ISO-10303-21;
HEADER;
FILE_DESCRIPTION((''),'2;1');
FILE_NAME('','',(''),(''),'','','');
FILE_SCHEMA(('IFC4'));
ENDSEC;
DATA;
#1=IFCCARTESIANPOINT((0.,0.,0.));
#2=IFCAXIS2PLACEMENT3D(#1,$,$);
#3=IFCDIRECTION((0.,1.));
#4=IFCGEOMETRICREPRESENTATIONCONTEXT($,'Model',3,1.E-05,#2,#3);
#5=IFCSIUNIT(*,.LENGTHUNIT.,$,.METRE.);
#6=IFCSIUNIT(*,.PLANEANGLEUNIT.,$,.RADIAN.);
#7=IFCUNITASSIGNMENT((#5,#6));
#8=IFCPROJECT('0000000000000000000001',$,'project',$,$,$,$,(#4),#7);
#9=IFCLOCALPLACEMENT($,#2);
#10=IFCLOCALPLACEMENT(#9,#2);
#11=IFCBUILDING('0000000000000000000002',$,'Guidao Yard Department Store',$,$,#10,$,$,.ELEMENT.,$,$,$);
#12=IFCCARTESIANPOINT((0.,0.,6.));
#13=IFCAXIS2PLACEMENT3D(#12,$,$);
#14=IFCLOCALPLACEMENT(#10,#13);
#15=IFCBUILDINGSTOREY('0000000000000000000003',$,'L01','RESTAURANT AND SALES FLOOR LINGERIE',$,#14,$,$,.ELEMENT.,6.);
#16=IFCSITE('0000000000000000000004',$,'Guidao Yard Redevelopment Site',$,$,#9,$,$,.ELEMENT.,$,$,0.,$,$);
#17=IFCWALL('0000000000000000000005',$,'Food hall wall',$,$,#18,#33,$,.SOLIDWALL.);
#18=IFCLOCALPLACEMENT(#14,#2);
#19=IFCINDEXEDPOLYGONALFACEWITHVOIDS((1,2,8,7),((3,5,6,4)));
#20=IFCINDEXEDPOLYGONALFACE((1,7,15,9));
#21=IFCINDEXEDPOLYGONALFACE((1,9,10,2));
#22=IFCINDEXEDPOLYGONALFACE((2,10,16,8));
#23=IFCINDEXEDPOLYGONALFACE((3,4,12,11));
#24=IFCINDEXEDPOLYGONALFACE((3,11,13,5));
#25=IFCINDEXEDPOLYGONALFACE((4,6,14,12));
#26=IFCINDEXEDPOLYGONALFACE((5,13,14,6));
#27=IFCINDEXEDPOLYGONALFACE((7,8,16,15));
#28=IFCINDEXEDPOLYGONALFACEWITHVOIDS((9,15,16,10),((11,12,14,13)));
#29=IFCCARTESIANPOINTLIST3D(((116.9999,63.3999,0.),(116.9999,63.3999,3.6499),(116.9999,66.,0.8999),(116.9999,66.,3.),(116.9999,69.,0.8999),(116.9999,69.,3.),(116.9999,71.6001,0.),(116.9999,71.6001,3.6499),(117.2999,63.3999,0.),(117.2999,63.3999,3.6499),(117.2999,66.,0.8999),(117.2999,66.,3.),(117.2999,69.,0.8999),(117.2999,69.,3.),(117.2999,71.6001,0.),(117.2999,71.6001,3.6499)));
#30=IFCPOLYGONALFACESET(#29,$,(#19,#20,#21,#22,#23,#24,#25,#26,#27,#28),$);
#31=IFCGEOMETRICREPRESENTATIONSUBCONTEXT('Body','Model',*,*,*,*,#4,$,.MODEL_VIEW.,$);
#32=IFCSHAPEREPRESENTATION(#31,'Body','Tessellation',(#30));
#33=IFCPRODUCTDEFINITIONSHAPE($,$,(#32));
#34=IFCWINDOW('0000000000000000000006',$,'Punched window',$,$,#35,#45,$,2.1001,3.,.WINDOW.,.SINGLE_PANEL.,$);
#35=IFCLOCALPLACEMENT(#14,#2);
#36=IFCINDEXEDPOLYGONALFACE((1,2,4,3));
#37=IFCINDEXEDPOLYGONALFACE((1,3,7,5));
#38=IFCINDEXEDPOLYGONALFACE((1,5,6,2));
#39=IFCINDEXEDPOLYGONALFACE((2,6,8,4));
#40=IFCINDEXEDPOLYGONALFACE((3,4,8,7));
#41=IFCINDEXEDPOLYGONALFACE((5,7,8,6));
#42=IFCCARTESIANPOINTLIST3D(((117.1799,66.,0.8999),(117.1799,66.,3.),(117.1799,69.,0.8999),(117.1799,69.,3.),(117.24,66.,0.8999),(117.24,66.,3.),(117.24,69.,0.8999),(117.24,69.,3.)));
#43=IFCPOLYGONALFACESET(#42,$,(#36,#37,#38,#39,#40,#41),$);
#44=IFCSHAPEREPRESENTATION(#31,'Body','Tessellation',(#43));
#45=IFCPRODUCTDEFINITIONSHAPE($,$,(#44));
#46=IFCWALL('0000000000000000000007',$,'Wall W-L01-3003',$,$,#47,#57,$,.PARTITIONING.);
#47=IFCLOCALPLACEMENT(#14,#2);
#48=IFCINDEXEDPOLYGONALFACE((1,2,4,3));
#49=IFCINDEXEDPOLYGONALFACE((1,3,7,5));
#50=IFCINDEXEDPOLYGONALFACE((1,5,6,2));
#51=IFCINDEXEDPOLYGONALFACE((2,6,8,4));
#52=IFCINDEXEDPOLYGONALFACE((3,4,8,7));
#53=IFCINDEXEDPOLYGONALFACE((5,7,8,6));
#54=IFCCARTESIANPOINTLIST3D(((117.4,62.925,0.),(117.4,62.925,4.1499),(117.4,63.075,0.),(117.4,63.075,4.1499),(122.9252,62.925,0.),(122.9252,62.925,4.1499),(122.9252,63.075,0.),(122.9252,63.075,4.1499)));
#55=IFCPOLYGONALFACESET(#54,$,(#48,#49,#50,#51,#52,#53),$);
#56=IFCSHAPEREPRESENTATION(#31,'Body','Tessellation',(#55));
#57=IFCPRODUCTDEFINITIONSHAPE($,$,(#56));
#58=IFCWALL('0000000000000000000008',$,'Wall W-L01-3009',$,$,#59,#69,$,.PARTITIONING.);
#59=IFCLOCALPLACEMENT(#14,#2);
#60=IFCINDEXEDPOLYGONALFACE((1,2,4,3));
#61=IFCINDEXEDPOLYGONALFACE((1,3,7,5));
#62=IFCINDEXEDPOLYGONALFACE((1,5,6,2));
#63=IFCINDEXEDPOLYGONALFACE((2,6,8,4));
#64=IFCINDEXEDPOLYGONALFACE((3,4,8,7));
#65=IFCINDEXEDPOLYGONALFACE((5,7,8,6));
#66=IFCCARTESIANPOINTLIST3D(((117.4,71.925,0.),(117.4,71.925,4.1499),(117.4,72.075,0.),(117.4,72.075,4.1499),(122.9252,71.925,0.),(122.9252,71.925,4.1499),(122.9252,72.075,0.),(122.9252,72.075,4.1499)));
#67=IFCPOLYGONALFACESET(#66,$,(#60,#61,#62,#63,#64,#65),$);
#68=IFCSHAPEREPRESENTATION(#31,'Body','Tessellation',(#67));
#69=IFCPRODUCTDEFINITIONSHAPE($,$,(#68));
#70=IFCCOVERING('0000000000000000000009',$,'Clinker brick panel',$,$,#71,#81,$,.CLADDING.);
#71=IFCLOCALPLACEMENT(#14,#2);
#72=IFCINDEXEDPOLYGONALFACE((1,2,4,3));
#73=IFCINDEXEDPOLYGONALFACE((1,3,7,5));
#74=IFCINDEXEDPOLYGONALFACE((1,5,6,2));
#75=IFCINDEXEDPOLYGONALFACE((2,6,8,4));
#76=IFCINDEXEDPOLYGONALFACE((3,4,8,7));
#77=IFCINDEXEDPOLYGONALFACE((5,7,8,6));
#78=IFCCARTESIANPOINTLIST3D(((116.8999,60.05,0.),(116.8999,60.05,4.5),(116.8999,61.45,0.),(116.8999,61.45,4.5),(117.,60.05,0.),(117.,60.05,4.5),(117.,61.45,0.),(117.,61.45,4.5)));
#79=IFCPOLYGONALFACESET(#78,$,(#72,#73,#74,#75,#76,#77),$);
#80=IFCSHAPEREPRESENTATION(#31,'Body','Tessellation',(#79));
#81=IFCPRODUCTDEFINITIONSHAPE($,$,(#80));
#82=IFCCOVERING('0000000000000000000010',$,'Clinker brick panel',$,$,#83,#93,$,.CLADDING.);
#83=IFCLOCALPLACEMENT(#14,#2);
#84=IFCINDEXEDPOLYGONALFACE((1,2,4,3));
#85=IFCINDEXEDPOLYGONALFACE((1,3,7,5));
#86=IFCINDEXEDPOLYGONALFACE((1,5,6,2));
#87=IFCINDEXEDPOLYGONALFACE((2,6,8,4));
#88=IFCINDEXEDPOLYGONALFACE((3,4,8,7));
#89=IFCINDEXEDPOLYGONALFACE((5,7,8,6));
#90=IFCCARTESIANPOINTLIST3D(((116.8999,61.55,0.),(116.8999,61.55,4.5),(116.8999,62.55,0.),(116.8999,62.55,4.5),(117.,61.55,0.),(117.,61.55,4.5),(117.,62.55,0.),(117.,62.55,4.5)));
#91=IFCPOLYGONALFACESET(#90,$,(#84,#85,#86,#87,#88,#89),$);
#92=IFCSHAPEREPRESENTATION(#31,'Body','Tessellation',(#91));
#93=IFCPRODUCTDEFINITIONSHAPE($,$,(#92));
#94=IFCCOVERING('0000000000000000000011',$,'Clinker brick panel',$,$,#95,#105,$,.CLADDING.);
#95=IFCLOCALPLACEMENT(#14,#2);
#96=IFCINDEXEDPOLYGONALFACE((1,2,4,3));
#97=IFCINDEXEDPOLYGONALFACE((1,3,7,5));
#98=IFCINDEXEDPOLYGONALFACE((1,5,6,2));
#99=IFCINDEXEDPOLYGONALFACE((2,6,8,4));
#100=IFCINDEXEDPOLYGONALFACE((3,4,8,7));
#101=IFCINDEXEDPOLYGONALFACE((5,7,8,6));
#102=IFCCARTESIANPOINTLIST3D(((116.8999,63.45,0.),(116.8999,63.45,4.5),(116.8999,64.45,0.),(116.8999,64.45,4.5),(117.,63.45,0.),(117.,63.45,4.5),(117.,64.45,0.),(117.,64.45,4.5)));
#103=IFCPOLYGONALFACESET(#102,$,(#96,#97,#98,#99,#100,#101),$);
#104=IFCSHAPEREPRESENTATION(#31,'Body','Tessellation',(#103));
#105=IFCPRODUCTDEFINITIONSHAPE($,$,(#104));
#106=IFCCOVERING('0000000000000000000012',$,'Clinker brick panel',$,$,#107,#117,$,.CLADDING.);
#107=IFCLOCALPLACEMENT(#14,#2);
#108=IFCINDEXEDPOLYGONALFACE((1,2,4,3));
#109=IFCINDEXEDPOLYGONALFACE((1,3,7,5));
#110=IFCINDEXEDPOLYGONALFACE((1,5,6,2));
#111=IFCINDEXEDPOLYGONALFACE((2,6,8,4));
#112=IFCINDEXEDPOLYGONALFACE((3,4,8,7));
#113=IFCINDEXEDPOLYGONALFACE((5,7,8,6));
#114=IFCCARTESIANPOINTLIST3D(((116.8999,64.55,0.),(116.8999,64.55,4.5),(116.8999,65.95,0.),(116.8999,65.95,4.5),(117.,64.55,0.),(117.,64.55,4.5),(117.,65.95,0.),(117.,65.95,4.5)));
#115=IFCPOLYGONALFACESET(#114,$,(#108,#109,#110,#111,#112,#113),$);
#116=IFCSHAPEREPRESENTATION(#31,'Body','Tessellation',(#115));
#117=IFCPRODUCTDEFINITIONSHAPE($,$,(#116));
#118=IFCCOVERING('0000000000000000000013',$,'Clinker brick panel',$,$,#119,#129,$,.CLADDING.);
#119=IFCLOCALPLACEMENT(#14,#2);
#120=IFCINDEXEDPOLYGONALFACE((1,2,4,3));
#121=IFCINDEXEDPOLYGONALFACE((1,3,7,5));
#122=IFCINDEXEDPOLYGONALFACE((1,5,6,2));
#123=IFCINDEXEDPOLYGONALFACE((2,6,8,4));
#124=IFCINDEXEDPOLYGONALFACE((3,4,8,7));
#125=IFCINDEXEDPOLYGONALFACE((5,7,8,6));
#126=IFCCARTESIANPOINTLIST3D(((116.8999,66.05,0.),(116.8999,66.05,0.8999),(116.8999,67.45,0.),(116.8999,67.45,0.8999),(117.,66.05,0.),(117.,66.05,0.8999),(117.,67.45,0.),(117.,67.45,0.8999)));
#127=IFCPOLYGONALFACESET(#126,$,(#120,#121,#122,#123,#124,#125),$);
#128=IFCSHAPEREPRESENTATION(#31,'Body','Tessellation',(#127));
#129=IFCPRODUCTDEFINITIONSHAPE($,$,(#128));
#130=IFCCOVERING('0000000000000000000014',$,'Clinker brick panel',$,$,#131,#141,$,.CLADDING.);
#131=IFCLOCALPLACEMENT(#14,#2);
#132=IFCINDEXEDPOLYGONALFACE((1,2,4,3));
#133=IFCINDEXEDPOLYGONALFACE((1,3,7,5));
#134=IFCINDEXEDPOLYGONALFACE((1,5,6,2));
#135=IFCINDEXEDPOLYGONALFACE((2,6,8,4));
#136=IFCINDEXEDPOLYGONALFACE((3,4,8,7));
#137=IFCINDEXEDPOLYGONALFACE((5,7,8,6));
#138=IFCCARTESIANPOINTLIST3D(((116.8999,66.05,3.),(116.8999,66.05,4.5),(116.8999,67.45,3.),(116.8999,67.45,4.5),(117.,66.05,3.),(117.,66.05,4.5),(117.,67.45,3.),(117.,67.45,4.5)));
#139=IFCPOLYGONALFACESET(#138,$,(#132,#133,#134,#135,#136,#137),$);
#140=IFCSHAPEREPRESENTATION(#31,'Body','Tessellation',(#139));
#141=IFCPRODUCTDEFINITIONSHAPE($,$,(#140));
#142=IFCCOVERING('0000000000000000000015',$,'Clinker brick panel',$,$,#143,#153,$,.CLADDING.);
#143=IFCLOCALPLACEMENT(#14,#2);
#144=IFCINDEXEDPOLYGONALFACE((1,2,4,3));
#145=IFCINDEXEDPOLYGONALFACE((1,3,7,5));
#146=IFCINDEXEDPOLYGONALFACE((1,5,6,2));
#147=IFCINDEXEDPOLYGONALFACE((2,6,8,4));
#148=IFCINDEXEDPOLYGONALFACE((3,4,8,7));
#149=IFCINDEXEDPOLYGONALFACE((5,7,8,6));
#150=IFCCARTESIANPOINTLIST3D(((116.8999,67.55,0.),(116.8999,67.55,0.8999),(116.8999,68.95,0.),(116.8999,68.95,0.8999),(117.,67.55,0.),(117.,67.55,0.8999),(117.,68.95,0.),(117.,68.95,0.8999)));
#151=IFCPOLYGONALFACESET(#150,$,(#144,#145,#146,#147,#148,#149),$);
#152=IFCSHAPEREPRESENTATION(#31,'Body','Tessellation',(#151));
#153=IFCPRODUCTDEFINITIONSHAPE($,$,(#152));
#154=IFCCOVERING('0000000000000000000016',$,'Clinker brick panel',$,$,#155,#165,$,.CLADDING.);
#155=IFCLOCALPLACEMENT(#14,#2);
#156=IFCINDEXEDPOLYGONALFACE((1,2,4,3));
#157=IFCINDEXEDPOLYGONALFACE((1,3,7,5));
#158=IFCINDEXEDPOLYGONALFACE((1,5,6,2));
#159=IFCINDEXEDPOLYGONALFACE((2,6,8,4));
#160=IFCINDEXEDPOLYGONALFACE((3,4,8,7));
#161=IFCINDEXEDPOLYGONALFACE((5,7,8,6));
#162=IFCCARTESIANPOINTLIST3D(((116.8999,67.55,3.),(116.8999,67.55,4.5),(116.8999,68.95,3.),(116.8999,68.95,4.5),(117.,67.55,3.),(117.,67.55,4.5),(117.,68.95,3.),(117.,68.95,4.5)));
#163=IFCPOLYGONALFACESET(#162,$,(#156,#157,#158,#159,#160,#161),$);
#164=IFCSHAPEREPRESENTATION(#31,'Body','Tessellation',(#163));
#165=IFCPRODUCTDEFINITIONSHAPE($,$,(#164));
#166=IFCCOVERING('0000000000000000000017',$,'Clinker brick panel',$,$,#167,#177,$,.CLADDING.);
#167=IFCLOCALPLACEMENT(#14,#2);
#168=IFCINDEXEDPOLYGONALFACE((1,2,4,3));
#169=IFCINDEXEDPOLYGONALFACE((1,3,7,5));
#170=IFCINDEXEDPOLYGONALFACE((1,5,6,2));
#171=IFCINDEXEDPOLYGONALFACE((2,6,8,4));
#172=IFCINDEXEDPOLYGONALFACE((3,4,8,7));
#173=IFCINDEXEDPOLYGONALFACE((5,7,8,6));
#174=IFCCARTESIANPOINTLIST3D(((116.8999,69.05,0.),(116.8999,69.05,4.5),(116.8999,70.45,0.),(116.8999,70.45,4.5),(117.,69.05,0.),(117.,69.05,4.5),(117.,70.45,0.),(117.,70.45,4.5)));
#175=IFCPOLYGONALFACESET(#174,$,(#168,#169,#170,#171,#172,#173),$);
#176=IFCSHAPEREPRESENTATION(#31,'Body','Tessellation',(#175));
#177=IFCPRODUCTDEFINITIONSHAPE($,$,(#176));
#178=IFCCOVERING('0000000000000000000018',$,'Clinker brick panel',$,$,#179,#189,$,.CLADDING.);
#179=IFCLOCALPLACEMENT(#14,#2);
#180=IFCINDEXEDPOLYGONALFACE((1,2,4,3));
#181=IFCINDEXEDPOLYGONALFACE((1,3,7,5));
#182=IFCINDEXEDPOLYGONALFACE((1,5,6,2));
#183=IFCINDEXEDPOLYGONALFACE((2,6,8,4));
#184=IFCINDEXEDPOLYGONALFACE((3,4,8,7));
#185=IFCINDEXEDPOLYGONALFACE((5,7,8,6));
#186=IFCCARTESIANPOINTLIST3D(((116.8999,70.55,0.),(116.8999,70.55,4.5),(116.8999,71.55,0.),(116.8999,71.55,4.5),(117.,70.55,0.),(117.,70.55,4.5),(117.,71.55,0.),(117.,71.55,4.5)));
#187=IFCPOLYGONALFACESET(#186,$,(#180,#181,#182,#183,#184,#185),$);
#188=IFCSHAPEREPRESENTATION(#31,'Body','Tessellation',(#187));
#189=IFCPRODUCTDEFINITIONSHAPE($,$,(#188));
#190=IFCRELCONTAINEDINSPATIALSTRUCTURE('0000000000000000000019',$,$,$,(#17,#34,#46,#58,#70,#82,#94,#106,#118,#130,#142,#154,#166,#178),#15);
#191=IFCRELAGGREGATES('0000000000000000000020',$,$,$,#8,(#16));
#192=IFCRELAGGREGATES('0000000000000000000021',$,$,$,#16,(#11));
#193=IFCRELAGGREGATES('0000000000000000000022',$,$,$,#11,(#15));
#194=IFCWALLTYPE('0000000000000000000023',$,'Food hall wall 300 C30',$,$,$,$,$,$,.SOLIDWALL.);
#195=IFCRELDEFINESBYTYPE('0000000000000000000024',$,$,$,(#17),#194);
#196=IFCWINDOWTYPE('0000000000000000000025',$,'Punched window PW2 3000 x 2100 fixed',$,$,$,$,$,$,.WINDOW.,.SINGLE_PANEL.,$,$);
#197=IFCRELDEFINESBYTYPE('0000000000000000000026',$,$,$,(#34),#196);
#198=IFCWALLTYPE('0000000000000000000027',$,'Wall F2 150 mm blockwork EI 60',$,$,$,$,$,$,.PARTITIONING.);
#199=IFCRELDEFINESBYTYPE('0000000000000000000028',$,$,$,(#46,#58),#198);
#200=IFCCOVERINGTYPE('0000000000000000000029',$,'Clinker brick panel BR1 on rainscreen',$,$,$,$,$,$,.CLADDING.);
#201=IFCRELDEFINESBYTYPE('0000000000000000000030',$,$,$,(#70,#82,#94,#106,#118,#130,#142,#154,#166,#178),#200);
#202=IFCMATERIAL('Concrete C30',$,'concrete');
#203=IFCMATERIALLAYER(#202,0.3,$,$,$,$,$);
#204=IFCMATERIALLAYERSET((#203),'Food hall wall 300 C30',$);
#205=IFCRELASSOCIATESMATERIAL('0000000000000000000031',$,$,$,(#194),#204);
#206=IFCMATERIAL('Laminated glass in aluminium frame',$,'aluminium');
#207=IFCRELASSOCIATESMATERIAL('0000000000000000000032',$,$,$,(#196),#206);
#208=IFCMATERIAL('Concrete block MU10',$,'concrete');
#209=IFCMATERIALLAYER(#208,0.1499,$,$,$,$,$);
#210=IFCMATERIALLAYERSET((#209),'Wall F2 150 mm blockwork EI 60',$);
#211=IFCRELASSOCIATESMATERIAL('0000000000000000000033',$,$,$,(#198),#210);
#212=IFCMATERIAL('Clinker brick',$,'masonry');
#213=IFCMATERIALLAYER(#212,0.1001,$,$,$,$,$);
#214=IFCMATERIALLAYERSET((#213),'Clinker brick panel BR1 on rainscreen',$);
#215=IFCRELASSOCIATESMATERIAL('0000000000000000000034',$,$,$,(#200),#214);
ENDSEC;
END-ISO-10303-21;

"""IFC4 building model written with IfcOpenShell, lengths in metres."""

from ifc_helpers import new_model, si_unit, direction, frame, frame_2d, origin, origin_2d, place, context, subcontext, project, spatial, rectangle, extrude, material, layer, layer_set, type_object, element, fill, save


model = new_model("IFC4")

# Units and contexts
model_context = context("Model", 3, precision=1e-05, world=origin(), true_north=direction((0.0, 1.0)))
body_context = subcontext(model_context, "Body", "Model", "MODEL_VIEW")
ifc_project = project(units=[si_unit("LENGTHUNIT", "METRE"), si_unit("PLANEANGLEUNIT", "RADIAN")], contexts=[model_context])

# Site, building, storey
site_placement = place(None, origin())
site = spatial("IfcSite", under=ifc_project, at=site_placement, Name="Guidao Yard Redevelopment Site", CompositionType="ELEMENT", RefElevation=0.0)
building_placement = place(site_placement, origin())
building = spatial("IfcBuilding", under=site, at=building_placement, Name="Guidao Yard Department Store", CompositionType="ELEMENT")
storey_placement = place(building_placement, frame((0.0, 0.0, 6.0)))
storey = spatial("IfcBuildingStorey", under=building, at=storey_placement, Name="L01", Description="RESTAURANT AND SALES FLOOR LINGERIE", CompositionType="ELEMENT", Elevation=6.0)

# Wall, opening, window
ifc_material_1 = material(Name="Concrete C30", Category="concrete")
ifc_layer_1 = layer(ifc_material_1, 0.3)
ifc_layer_set_1 = layer_set([ifc_layer_1], Name="Food hall wall 300 C30")
wall_type_1 = type_object("IfcWallType", Name="Food hall wall 300 C30", PredefinedType="SOLIDWALL", material=ifc_layer_set_1)
wall_placement = place(storey_placement, frame((117.1499, 63.3999, 0.0), z_axis=(0.0, 0.0, 1.0), x_axis=(0.0, 1.0, 0.0)))
wall = element("IfcWall", 1, at=wall_placement, inside=storey, type_object=wall_type_1, Name="Food hall wall", PredefinedType="SOLIDWALL", context=body_context, shape_type="SweptSolid", body=[
    extrude(rectangle(XDim=8.2002, YDim=0.3, at=frame_2d((4.1001, 0.0))), origin(), (0.0, 0.0, 1.0), 3.6499),
])
opening_placement = place(wall_placement, frame((2.6001, 0.0, 0.8999)))
opening = element("IfcOpeningElement", 2, at=opening_placement, cuts=wall, PredefinedType="OPENING", context=body_context, shape_type="SweptSolid", body=[
    extrude(rectangle(XDim=3.0, YDim=2.1001, at=frame_2d((1.5, 1.05))), frame((0.0, 0.1599, 0.0), z_axis=(0.0, -1.0, 0.0), x_axis=(1.0, 0.0, 0.0)), (0.0, 0.0, 1.0), 0.3201),
])
ifc_material_2 = material(Name="Laminated glass in aluminium frame", Category="aluminium")
window_type = type_object("IfcWindowType", Name="Punched window PW2 3000 x 2100 fixed", PartitioningType="SINGLE_PANEL", PredefinedType="WINDOW", material=ifc_material_2)
window_placement = place(opening_placement, origin())
window = element("IfcWindow", 3, at=window_placement, inside=storey, type_object=window_type, Name="Punched window", OverallHeight=2.1001, OverallWidth=3.0, PartitioningType="SINGLE_PANEL", PredefinedType="WINDOW", context=body_context, shape_type="SweptSolid", body=[
    extrude(rectangle(XDim=3.0, YDim=2.1001, at=frame_2d((1.5, 1.05))), frame((0.0, -0.03, 0.0), z_axis=(0.0, -1.0, 0.0), x_axis=(1.0, 0.0, 0.0)), (0.0, 0.0, 1.0), 0.0601),
])
fill(opening, window)

# Walls
ifc_material_3 = material(Name="Concrete block MU10", Category="concrete")
ifc_layer_2 = layer(ifc_material_3, 0.1499)
ifc_layer_set_2 = layer_set([ifc_layer_2], Name="Wall F2 150 mm blockwork EI 60")
wall_type_2 = type_object("IfcWallType", Name="Wall F2 150 mm blockwork EI 60", PredefinedType="PARTITIONING", material=ifc_layer_set_2)
for number, where, z_axis, x_axis, name in (
    (4, (117.3999, 63.0, 0.0), (0.0, 0.0, 1.0), (1.0, 0.0, 0.0), "Wall W-L01-3003"),
    (5, (117.3999, 72.0, 0.0), (0.0, 0.0, 1.0), (1.0, 0.0, 0.0), "Wall W-L01-3009"),
):
    element("IfcWall", number, at=place(storey_placement, frame(where, z_axis=z_axis, x_axis=x_axis)), inside=storey, type_object=wall_type_2, Name=name, PredefinedType="PARTITIONING", context=body_context, shape_type="SweptSolid", body=[
        extrude(rectangle(XDim=5.5251, YDim=0.1499, at=frame_2d((2.7627, 0.0))), origin(), (0.0, 0.0, 1.0), 4.1499),
    ])

# Coverings
ifc_material_4 = material(Name="Clinker brick", Category="masonry")
ifc_layer_3 = layer(ifc_material_4, 0.1001)
ifc_layer_set_3 = layer_set([ifc_layer_3], Name="Clinker brick panel BR1 on rainscreen")
covering_type = type_object("IfcCoveringType", Name="Clinker brick panel BR1 on rainscreen", PredefinedType="CLADDING", material=ifc_layer_set_3)
covering_1_placement = place(storey_placement, frame((116.95, 60.75, 0.0), z_axis=(0.0, 0.0, 1.0), x_axis=(0.0, 1.0, 0.0)))
element("IfcCovering", 6, at=covering_1_placement, inside=storey, type_object=covering_type, Name="Clinker brick panel", PredefinedType="CLADDING", context=body_context, shape_type="SweptSolid", body=[
    extrude(rectangle(XDim=1.3999, YDim=0.1001, at=origin_2d()), origin(), (0.0, 0.0, 1.0), 4.5),
])
for number, where, z_axis, x_axis, name in (
    (7, (116.95, 62.05, 0.0), (0.0, 0.0, 1.0), (0.0, 1.0, 0.0), "Clinker brick panel"),
    (8, (116.95, 63.95, 0.0), (0.0, 0.0, 1.0), (0.0, 1.0, 0.0), "Clinker brick panel"),
):
    element("IfcCovering", number, at=place(storey_placement, frame(where, z_axis=z_axis, x_axis=x_axis)), inside=storey, type_object=covering_type, Name=name, PredefinedType="CLADDING", context=body_context, shape_type="SweptSolid", body=[
        extrude(rectangle(XDim=1.0, YDim=0.1001, at=origin_2d()), origin(), (0.0, 0.0, 1.0), 4.5),
    ])
covering_2_placement = place(storey_placement, frame((116.95, 65.25, 0.0), z_axis=(0.0, 0.0, 1.0), x_axis=(0.0, 1.0, 0.0)))
element("IfcCovering", 9, at=covering_2_placement, inside=storey, type_object=covering_type, Name="Clinker brick panel", PredefinedType="CLADDING", context=body_context, shape_type="SweptSolid", body=[
    extrude(rectangle(XDim=1.3999, YDim=0.1001, at=origin_2d()), origin(), (0.0, 0.0, 1.0), 4.5),
])
covering_3_placement = place(storey_placement, frame((116.95, 66.75, 0.0), z_axis=(0.0, 0.0, 1.0), x_axis=(0.0, 1.0, 0.0)))
element("IfcCovering", 10, at=covering_3_placement, inside=storey, type_object=covering_type, Name="Clinker brick panel", PredefinedType="CLADDING", context=body_context, shape_type="SweptSolid", body=[
    extrude(rectangle(XDim=1.3999, YDim=0.1001, at=origin_2d()), origin(), (0.0, 0.0, 1.0), 0.8999),
])
covering_4_placement = place(storey_placement, frame((116.95, 66.75, 3.0), z_axis=(0.0, 0.0, 1.0), x_axis=(0.0, 1.0, 0.0)))
element("IfcCovering", 11, at=covering_4_placement, inside=storey, type_object=covering_type, Name="Clinker brick panel", PredefinedType="CLADDING", context=body_context, shape_type="SweptSolid", body=[
    extrude(rectangle(XDim=1.3999, YDim=0.1001, at=origin_2d()), origin(), (0.0, 0.0, 1.0), 1.5),
])
covering_5_placement = place(storey_placement, frame((116.95, 68.25, 0.0), z_axis=(0.0, 0.0, 1.0), x_axis=(0.0, 1.0, 0.0)))
element("IfcCovering", 12, at=covering_5_placement, inside=storey, type_object=covering_type, Name="Clinker brick panel", PredefinedType="CLADDING", context=body_context, shape_type="SweptSolid", body=[
    extrude(rectangle(XDim=1.3999, YDim=0.1001, at=origin_2d()), origin(), (0.0, 0.0, 1.0), 0.8999),
])
covering_6_placement = place(storey_placement, frame((116.95, 68.25, 3.0), z_axis=(0.0, 0.0, 1.0), x_axis=(0.0, 1.0, 0.0)))
element("IfcCovering", 13, at=covering_6_placement, inside=storey, type_object=covering_type, Name="Clinker brick panel", PredefinedType="CLADDING", context=body_context, shape_type="SweptSolid", body=[
    extrude(rectangle(XDim=1.3999, YDim=0.1001, at=origin_2d()), origin(), (0.0, 0.0, 1.0), 1.5),
])
covering_7_placement = place(storey_placement, frame((116.95, 69.75, 0.0), z_axis=(0.0, 0.0, 1.0), x_axis=(0.0, 1.0, 0.0)))
element("IfcCovering", 14, at=covering_7_placement, inside=storey, type_object=covering_type, Name="Clinker brick panel", PredefinedType="CLADDING", context=body_context, shape_type="SweptSolid", body=[
    extrude(rectangle(XDim=1.3999, YDim=0.1001, at=origin_2d()), origin(), (0.0, 0.0, 1.0), 4.5),
])
covering_8_placement = place(storey_placement, frame((116.95, 71.05, 0.0), z_axis=(0.0, 0.0, 1.0), x_axis=(0.0, 1.0, 0.0)))
element("IfcCovering", 15, at=covering_8_placement, inside=storey, type_object=covering_type, Name="Clinker brick panel", PredefinedType="CLADDING", context=body_context, shape_type="SweptSolid", body=[
    extrude(rectangle(XDim=1.0, YDim=0.1001, at=origin_2d()), origin(), (0.0, 0.0, 1.0), 4.5),
])

save(model, "model.ifc")
